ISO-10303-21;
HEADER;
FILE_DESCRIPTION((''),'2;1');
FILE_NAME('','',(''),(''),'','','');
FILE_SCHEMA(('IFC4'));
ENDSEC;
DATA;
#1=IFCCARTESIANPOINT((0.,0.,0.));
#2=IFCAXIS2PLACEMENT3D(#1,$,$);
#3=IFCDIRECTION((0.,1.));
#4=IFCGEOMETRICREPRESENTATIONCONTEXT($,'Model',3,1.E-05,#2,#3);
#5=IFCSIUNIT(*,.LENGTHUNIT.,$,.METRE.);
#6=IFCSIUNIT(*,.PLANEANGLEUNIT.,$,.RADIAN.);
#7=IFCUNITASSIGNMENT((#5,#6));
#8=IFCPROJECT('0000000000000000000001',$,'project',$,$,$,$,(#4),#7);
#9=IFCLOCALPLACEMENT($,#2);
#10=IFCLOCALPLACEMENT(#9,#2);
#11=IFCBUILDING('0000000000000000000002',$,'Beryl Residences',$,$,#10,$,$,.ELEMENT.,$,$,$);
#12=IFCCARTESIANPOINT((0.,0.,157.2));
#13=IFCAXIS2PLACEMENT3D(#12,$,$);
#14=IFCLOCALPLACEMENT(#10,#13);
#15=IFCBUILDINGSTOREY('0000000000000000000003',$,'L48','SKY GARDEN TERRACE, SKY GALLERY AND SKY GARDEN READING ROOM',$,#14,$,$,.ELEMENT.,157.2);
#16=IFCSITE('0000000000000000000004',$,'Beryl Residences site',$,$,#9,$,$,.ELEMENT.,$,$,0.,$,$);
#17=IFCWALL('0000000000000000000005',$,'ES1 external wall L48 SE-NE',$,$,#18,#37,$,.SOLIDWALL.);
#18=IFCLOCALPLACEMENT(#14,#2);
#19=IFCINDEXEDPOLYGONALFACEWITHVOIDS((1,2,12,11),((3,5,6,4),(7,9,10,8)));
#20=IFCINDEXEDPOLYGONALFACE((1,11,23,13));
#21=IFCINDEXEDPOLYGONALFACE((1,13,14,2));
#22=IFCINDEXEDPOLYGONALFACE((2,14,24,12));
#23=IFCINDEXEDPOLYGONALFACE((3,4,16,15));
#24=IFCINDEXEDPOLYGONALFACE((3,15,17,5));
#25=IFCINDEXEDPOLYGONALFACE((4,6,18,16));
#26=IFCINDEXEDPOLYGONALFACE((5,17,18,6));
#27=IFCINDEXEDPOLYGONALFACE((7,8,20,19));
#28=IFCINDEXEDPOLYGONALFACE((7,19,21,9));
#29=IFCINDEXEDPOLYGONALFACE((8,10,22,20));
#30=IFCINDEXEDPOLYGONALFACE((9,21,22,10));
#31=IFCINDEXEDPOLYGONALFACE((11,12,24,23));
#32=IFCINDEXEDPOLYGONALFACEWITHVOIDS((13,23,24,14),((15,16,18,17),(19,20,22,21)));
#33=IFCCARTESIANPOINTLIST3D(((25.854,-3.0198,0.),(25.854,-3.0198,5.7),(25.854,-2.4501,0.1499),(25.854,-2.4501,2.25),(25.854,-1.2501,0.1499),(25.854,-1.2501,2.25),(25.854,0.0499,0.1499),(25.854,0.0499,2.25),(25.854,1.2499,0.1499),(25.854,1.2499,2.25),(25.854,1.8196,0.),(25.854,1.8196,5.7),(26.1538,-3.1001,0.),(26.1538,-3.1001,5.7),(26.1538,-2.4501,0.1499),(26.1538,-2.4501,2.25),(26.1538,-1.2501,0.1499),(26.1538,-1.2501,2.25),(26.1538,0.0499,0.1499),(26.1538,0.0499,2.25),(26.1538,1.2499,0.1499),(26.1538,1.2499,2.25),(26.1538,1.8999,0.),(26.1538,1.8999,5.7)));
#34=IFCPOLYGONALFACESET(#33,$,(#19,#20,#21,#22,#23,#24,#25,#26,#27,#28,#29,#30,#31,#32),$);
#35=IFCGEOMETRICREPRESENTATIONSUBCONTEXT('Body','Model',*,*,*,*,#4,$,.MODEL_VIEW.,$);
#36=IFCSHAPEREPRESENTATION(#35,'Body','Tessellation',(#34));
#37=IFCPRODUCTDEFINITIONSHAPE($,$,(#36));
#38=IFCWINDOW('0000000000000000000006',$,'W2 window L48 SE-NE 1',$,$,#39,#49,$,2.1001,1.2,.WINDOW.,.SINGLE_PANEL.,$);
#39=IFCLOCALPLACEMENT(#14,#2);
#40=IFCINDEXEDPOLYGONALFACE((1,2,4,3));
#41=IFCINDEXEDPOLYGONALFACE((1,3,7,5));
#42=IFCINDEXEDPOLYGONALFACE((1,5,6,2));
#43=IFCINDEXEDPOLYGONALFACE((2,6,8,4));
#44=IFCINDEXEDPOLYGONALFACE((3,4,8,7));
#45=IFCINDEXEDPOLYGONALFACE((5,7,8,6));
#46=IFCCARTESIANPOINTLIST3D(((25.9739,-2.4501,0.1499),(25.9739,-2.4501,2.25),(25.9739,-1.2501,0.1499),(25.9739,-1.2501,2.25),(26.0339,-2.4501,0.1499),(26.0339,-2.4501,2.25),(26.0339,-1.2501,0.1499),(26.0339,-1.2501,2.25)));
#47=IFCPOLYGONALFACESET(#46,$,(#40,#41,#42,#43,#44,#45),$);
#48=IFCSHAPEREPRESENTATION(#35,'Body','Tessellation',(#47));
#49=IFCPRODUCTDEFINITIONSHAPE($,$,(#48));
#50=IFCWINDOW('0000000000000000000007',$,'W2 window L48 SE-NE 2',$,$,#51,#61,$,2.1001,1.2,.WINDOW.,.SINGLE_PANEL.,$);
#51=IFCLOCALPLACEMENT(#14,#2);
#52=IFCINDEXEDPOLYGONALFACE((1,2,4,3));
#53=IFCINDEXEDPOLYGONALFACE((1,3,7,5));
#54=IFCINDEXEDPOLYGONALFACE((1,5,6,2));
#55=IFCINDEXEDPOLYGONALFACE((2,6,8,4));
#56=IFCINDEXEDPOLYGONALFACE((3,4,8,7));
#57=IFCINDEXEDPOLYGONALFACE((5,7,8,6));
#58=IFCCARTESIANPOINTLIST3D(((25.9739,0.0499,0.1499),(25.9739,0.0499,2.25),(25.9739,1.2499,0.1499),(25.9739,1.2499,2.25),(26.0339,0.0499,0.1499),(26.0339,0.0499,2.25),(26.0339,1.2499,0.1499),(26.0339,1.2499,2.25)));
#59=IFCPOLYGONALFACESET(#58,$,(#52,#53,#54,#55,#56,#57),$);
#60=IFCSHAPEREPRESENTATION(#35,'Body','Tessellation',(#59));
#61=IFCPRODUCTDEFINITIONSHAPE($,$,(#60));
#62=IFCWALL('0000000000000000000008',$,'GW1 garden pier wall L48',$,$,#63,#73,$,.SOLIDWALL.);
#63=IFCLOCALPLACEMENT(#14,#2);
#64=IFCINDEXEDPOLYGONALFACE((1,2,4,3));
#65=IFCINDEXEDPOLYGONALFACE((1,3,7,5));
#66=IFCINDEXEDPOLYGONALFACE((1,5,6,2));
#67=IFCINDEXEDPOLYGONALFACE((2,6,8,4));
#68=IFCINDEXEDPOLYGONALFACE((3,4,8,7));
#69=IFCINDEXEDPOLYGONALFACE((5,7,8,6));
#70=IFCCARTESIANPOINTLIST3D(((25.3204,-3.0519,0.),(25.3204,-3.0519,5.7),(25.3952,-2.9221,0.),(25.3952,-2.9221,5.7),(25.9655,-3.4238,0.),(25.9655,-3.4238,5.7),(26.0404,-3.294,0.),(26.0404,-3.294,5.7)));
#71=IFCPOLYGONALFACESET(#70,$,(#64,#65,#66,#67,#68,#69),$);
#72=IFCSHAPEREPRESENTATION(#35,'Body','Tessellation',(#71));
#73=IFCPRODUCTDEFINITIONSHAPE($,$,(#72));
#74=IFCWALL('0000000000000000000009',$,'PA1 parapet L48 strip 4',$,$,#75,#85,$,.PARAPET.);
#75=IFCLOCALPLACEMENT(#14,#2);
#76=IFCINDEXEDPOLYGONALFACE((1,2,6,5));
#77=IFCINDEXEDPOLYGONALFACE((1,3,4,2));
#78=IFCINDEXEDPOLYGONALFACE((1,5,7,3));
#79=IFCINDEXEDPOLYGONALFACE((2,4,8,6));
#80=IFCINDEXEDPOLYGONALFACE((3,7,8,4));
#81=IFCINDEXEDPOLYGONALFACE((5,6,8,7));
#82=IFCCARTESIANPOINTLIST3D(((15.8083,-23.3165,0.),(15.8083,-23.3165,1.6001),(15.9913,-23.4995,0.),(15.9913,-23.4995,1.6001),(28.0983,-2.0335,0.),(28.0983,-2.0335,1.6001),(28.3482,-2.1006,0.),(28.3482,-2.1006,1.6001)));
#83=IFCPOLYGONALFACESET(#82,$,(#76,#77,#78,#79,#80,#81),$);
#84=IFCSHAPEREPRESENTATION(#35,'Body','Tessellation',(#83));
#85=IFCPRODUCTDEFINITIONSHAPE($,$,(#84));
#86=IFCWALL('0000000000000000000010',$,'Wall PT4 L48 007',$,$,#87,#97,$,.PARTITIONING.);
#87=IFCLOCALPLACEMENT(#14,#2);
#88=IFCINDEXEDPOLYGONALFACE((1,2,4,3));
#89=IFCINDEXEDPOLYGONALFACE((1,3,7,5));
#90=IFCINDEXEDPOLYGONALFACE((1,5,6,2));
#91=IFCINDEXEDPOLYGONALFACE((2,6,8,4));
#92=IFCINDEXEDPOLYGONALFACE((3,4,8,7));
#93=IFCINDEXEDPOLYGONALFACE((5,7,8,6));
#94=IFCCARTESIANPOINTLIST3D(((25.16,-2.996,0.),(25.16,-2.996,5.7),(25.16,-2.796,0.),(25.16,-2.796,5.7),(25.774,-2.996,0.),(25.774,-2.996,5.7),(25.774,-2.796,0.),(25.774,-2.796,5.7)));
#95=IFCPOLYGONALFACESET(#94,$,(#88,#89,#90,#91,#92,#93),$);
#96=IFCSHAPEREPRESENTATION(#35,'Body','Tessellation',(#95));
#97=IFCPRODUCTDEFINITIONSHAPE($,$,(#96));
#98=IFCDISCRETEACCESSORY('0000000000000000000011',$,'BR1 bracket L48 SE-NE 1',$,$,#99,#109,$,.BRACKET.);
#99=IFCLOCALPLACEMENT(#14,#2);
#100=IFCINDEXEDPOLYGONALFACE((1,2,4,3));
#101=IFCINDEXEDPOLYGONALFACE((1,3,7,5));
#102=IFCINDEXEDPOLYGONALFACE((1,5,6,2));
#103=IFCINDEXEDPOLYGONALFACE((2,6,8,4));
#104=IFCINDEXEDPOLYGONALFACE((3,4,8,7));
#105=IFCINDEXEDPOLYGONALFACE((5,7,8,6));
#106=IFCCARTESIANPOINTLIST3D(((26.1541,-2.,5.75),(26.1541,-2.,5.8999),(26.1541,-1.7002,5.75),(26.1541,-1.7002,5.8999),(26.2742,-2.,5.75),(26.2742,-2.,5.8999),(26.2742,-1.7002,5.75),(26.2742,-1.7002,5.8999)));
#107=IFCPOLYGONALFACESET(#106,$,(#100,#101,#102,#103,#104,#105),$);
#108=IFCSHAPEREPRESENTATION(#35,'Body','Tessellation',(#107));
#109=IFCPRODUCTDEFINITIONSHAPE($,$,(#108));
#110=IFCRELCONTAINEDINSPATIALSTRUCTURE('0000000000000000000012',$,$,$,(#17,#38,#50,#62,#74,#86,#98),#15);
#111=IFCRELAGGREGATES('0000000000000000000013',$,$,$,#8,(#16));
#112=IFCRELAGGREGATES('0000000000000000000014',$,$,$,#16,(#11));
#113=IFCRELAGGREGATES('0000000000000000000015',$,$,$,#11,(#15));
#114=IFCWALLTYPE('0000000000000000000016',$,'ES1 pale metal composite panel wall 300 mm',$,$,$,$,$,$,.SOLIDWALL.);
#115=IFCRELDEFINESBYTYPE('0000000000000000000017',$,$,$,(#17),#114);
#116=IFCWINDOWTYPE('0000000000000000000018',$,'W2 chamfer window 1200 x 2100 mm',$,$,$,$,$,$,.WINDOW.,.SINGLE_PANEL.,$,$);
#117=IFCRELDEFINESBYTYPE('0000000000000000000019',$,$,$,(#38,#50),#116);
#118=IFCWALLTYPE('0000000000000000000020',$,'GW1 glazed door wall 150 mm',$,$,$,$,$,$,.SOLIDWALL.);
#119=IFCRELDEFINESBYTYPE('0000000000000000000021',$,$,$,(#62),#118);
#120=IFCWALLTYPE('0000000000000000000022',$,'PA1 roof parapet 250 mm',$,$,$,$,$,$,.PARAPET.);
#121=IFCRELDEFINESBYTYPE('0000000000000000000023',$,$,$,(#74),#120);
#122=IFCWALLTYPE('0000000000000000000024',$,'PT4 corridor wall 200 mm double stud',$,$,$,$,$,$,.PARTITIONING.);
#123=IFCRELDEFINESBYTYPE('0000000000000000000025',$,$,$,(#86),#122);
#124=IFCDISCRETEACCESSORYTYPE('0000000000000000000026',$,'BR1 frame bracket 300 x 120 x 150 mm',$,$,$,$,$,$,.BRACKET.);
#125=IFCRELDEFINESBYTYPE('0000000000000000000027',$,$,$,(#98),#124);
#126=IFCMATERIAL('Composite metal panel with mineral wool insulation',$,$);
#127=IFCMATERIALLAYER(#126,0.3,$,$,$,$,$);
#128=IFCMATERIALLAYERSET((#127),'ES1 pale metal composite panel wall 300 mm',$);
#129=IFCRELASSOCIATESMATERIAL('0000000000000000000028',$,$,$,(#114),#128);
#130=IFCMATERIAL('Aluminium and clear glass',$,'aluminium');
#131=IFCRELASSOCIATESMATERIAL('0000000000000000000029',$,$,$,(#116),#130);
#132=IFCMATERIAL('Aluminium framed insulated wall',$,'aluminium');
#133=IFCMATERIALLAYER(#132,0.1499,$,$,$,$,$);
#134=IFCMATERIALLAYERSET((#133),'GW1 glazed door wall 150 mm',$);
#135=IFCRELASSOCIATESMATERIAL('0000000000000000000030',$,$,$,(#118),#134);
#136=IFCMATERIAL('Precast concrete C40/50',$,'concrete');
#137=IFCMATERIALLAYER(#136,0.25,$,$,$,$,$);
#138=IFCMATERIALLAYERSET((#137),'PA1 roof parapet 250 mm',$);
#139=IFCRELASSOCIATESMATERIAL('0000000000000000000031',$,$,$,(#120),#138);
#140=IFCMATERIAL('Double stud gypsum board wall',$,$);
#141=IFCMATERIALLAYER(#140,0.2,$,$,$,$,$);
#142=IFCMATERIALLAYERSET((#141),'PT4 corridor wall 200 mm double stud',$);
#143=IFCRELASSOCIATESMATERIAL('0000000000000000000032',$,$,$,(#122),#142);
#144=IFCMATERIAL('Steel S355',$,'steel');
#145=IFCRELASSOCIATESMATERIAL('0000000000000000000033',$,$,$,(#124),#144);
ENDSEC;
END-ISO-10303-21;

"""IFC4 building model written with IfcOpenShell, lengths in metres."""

from ifc_helpers import new_model, si_unit, direction, frame, frame_2d, origin, place, context, subcontext, project, spatial, polyline, rectangle, outline, extrude, source, transform, mapped, material, layer, layer_set, type_object, type_shapes, element, fill, save


model = new_model("IFC4")

# Units and contexts
model_context = context("Model", 3, precision=1e-05, world=origin(), true_north=direction((0.0, 1.0)))
body_context = subcontext(model_context, "Body", "Model", "MODEL_VIEW")
ifc_project = project(units=[si_unit("LENGTHUNIT", "METRE"), si_unit("PLANEANGLEUNIT", "RADIAN")], contexts=[model_context])

# Site, building, storey
site_placement = place(None, origin())
site = spatial("IfcSite", under=ifc_project, at=site_placement, Name="Beryl Residences site", CompositionType="ELEMENT", RefElevation=0.0)
building_placement = place(site_placement, origin())
building = spatial("IfcBuilding", under=site, at=building_placement, Name="Beryl Residences", CompositionType="ELEMENT")
storey_placement = place(building_placement, frame((0.0, 0.0, 157.2)))
storey = spatial("IfcBuildingStorey", under=building, at=storey_placement, Name="L48", Description="SKY GARDEN TERRACE, SKY GALLERY AND SKY GARDEN READING ROOM", CompositionType="ELEMENT", Elevation=157.2)

# Shared definitions
ifc_material_1 = material(Name="Composite metal panel with mineral wool insulation")
ifc_layer_1 = layer(ifc_material_1, 0.3)
ifc_layer_set_1 = layer_set([ifc_layer_1], Name="ES1 pale metal composite panel wall 300 mm")
wall_type_1 = type_object("IfcWallType", Name="ES1 pale metal composite panel wall 300 mm", PredefinedType="SOLIDWALL", material=ifc_layer_set_1)

# Wall, openings, windows
wall_1_placement = place(storey_placement, frame((26.0039, -3.1001, 0.0), z_axis=(0.0, 0.0, 1.0), x_axis=(0.0, 1.0, 0.0)))
wall_1 = element("IfcWall", 1, at=wall_1_placement, inside=storey, type_object=wall_type_1, Name="ES1 external wall L48 SE-NE", PredefinedType="SOLIDWALL", context=body_context, shape_type="SweptSolid", body=[
    extrude(outline(polyline([(0.0, -0.1499), (5.0, -0.1499), (4.9197, 0.1499), (0.0803, 0.1499), (0.0, -0.1499)])), origin(), (0.0, 0.0, 1.0), 5.7),
])
opening_1_placement = place(wall_1_placement, frame((0.6499, 0.0, 0.1499)))
opening_1 = element("IfcOpeningElement", 2, at=opening_1_placement, cuts=wall_1, PredefinedType="OPENING", context=body_context, shape_type="SweptSolid", body=[
    extrude(rectangle(XDim=1.2, YDim=2.1001, at=frame_2d((0.6001, 1.05))), frame((0.0, 0.1599, 0.0), z_axis=(0.0, -1.0, 0.0), x_axis=(1.0, 0.0, 0.0)), (0.0, 0.0, 1.0), 0.3201),
])
opening_2_placement = place(wall_1_placement, frame((3.1499, 0.0, 0.1499)))
opening_2 = element("IfcOpeningElement", 3, at=opening_2_placement, cuts=wall_1, PredefinedType="OPENING", context=body_context, shape_type="SweptSolid", body=[
    extrude(rectangle(XDim=1.2, YDim=2.1001, at=frame_2d((0.6001, 1.05))), frame((0.0, 0.1599, 0.0), z_axis=(0.0, -1.0, 0.0), x_axis=(1.0, 0.0, 0.0)), (0.0, 0.0, 1.0), 0.3201),
])
ifc_material_2 = material(Name="Aluminium and clear glass", Category="aluminium")
window_type = type_object("IfcWindowType", Name="W2 chamfer window 1200 x 2100 mm", PartitioningType="SINGLE_PANEL", PredefinedType="WINDOW", material=ifc_material_2)
window_1_placement = place(opening_1_placement, origin())
window_1 = element("IfcWindow", 4, at=window_1_placement, inside=storey, type_object=window_type, Name="W2 window L48 SE-NE 1", OverallHeight=2.1001, OverallWidth=1.2, PartitioningType="SINGLE_PANEL", PredefinedType="WINDOW", context=body_context, shape_type="SweptSolid", body=[
    extrude(rectangle(XDim=1.2, YDim=2.1001, at=frame_2d((0.6001, 1.05))), frame((0.0, 0.03, 0.0), z_axis=(0.0, -1.0, 0.0), x_axis=(1.0, 0.0, 0.0)), (0.0, 0.0, 1.0), 0.0601),
])
fill(opening_1, window_1)
window_2_placement = place(opening_2_placement, origin())
window_2 = element("IfcWindow", 5, at=window_2_placement, inside=storey, type_object=window_type, Name="W2 window L48 SE-NE 2", OverallHeight=2.1001, OverallWidth=1.2, PartitioningType="SINGLE_PANEL", PredefinedType="WINDOW", context=body_context, shape_type="SweptSolid", body=[
    extrude(rectangle(XDim=1.2, YDim=2.1001, at=frame_2d((0.6001, 1.05))), frame((0.0, 0.03, 0.0), z_axis=(0.0, -1.0, 0.0), x_axis=(1.0, 0.0, 0.0)), (0.0, 0.0, 1.0), 0.0601),
])
fill(opening_2, window_2)

# Walls
ifc_material_3 = material(Name="Aluminium framed insulated wall", Category="aluminium")
ifc_layer_2 = layer(ifc_material_3, 0.1499)
ifc_layer_set_2 = layer_set([ifc_layer_2], Name="GW1 glazed door wall 150 mm")
wall_type_2 = type_object("IfcWallType", Name="GW1 glazed door wall 150 mm", PredefinedType="SOLIDWALL", material=ifc_layer_set_2)
wall_2_placement = place(storey_placement, frame((26.0029, -3.3589, 0.0), z_axis=(0.0, 0.0, 1.0), x_axis=(-0.86636, 0.49942, 0.0)))
element("IfcWall", 6, at=wall_2_placement, inside=storey, type_object=wall_type_2, Name="GW1 garden pier wall L48", PredefinedType="SOLIDWALL", context=body_context, shape_type="SweptSolid", body=[
    extrude(rectangle(XDim=0.7446, YDim=0.1499, at=frame_2d((0.3723, 0.0))), origin(), (0.0, 0.0, 1.0), 5.7),
])
ifc_material_4 = material(Name="Precast concrete C40/50", Category="concrete")
ifc_layer_3 = layer(ifc_material_4, 0.25)
ifc_layer_set_3 = layer_set([ifc_layer_3], Name="PA1 roof parapet 250 mm")
wall_type_3 = type_object("IfcWallType", Name="PA1 roof parapet 250 mm", PredefinedType="PARAPET", material=ifc_layer_set_3)
wall_3_placement = place(storey_placement, frame((28.24, -2.0381, 0.0), z_axis=(0.0, 0.0, 1.0), x_axis=(-0.500069, -0.865986, 0.0)))
element("IfcWall", 7, at=wall_3_placement, inside=storey, type_object=wall_type_3, Name="PA1 parapet L48 strip 4", PredefinedType="PARAPET", context=body_context, shape_type="SweptSolid", body=[
    extrude(outline(polyline([(0.0669, -0.125), (24.6436, -0.125), (24.7104, 0.125), (0.0, 0.125), (0.0669, -0.125)])), origin(), (0.0, 0.0, 1.0), 1.6001),
])
ifc_material_5 = material(Name="Double stud gypsum board wall")
ifc_layer_4 = layer(ifc_material_5, 0.2)
ifc_layer_set_4 = layer_set([ifc_layer_4], Name="PT4 corridor wall 200 mm double stud")
wall_type_4 = type_object("IfcWallType", Name="PT4 corridor wall 200 mm double stud", PredefinedType="PARTITIONING", material=ifc_layer_set_4)
wall_4_placement = place(storey_placement, frame((25.1599, -2.896, 0.0), z_axis=(0.0, 0.0, 1.0), x_axis=(1.0, 0.0, 0.0)))
element("IfcWall", 8, at=wall_4_placement, inside=storey, type_object=wall_type_4, Name="Wall PT4 L48 007", PredefinedType="PARTITIONING", context=body_context, shape_type="SweptSolid", body=[
    extrude(rectangle(XDim=0.614, YDim=0.2, at=frame_2d((0.3071, 0.0))), origin(), (0.0, 0.0, 1.0), 5.7),
])

# Discrete accessory
ifc_material_6 = material(Name="Steel S355", Category="steel")
discrete_accessory_type = type_object("IfcDiscreteAccessoryType", Name="BR1 frame bracket 300 x 120 x 150 mm", PredefinedType="BRACKET", material=ifc_material_6)
shared_shape_1 = source(origin(), body_context, "Body", "SweptSolid", [
    extrude(outline(polyline([(-0.1499, 0.0), (0.1499, 0.0), (0.1499, 0.1201), (-0.1499, 0.1201), (-0.1499, 0.0)])), origin(), (0.0, 0.0, 1.0), 0.1499),
])
type_shapes(discrete_accessory_type, [shared_shape_1])
discrete_accessory_placement = place(storey_placement, frame((26.1541, -1.8501, 5.75), z_axis=(0.0, 0.0, 1.0), x_axis=(0.0, -1.0, 0.0)))
element("IfcDiscreteAccessory", 9, at=discrete_accessory_placement, inside=storey, type_object=discrete_accessory_type, Name="BR1 bracket L48 SE-NE 1", PredefinedType="BRACKET", context=body_context, shape_type="MappedRepresentation", body=[
    mapped(shared_shape_1, transform((0.0, 0.0, 0.0))),
])

save(model, "model.ifc")
